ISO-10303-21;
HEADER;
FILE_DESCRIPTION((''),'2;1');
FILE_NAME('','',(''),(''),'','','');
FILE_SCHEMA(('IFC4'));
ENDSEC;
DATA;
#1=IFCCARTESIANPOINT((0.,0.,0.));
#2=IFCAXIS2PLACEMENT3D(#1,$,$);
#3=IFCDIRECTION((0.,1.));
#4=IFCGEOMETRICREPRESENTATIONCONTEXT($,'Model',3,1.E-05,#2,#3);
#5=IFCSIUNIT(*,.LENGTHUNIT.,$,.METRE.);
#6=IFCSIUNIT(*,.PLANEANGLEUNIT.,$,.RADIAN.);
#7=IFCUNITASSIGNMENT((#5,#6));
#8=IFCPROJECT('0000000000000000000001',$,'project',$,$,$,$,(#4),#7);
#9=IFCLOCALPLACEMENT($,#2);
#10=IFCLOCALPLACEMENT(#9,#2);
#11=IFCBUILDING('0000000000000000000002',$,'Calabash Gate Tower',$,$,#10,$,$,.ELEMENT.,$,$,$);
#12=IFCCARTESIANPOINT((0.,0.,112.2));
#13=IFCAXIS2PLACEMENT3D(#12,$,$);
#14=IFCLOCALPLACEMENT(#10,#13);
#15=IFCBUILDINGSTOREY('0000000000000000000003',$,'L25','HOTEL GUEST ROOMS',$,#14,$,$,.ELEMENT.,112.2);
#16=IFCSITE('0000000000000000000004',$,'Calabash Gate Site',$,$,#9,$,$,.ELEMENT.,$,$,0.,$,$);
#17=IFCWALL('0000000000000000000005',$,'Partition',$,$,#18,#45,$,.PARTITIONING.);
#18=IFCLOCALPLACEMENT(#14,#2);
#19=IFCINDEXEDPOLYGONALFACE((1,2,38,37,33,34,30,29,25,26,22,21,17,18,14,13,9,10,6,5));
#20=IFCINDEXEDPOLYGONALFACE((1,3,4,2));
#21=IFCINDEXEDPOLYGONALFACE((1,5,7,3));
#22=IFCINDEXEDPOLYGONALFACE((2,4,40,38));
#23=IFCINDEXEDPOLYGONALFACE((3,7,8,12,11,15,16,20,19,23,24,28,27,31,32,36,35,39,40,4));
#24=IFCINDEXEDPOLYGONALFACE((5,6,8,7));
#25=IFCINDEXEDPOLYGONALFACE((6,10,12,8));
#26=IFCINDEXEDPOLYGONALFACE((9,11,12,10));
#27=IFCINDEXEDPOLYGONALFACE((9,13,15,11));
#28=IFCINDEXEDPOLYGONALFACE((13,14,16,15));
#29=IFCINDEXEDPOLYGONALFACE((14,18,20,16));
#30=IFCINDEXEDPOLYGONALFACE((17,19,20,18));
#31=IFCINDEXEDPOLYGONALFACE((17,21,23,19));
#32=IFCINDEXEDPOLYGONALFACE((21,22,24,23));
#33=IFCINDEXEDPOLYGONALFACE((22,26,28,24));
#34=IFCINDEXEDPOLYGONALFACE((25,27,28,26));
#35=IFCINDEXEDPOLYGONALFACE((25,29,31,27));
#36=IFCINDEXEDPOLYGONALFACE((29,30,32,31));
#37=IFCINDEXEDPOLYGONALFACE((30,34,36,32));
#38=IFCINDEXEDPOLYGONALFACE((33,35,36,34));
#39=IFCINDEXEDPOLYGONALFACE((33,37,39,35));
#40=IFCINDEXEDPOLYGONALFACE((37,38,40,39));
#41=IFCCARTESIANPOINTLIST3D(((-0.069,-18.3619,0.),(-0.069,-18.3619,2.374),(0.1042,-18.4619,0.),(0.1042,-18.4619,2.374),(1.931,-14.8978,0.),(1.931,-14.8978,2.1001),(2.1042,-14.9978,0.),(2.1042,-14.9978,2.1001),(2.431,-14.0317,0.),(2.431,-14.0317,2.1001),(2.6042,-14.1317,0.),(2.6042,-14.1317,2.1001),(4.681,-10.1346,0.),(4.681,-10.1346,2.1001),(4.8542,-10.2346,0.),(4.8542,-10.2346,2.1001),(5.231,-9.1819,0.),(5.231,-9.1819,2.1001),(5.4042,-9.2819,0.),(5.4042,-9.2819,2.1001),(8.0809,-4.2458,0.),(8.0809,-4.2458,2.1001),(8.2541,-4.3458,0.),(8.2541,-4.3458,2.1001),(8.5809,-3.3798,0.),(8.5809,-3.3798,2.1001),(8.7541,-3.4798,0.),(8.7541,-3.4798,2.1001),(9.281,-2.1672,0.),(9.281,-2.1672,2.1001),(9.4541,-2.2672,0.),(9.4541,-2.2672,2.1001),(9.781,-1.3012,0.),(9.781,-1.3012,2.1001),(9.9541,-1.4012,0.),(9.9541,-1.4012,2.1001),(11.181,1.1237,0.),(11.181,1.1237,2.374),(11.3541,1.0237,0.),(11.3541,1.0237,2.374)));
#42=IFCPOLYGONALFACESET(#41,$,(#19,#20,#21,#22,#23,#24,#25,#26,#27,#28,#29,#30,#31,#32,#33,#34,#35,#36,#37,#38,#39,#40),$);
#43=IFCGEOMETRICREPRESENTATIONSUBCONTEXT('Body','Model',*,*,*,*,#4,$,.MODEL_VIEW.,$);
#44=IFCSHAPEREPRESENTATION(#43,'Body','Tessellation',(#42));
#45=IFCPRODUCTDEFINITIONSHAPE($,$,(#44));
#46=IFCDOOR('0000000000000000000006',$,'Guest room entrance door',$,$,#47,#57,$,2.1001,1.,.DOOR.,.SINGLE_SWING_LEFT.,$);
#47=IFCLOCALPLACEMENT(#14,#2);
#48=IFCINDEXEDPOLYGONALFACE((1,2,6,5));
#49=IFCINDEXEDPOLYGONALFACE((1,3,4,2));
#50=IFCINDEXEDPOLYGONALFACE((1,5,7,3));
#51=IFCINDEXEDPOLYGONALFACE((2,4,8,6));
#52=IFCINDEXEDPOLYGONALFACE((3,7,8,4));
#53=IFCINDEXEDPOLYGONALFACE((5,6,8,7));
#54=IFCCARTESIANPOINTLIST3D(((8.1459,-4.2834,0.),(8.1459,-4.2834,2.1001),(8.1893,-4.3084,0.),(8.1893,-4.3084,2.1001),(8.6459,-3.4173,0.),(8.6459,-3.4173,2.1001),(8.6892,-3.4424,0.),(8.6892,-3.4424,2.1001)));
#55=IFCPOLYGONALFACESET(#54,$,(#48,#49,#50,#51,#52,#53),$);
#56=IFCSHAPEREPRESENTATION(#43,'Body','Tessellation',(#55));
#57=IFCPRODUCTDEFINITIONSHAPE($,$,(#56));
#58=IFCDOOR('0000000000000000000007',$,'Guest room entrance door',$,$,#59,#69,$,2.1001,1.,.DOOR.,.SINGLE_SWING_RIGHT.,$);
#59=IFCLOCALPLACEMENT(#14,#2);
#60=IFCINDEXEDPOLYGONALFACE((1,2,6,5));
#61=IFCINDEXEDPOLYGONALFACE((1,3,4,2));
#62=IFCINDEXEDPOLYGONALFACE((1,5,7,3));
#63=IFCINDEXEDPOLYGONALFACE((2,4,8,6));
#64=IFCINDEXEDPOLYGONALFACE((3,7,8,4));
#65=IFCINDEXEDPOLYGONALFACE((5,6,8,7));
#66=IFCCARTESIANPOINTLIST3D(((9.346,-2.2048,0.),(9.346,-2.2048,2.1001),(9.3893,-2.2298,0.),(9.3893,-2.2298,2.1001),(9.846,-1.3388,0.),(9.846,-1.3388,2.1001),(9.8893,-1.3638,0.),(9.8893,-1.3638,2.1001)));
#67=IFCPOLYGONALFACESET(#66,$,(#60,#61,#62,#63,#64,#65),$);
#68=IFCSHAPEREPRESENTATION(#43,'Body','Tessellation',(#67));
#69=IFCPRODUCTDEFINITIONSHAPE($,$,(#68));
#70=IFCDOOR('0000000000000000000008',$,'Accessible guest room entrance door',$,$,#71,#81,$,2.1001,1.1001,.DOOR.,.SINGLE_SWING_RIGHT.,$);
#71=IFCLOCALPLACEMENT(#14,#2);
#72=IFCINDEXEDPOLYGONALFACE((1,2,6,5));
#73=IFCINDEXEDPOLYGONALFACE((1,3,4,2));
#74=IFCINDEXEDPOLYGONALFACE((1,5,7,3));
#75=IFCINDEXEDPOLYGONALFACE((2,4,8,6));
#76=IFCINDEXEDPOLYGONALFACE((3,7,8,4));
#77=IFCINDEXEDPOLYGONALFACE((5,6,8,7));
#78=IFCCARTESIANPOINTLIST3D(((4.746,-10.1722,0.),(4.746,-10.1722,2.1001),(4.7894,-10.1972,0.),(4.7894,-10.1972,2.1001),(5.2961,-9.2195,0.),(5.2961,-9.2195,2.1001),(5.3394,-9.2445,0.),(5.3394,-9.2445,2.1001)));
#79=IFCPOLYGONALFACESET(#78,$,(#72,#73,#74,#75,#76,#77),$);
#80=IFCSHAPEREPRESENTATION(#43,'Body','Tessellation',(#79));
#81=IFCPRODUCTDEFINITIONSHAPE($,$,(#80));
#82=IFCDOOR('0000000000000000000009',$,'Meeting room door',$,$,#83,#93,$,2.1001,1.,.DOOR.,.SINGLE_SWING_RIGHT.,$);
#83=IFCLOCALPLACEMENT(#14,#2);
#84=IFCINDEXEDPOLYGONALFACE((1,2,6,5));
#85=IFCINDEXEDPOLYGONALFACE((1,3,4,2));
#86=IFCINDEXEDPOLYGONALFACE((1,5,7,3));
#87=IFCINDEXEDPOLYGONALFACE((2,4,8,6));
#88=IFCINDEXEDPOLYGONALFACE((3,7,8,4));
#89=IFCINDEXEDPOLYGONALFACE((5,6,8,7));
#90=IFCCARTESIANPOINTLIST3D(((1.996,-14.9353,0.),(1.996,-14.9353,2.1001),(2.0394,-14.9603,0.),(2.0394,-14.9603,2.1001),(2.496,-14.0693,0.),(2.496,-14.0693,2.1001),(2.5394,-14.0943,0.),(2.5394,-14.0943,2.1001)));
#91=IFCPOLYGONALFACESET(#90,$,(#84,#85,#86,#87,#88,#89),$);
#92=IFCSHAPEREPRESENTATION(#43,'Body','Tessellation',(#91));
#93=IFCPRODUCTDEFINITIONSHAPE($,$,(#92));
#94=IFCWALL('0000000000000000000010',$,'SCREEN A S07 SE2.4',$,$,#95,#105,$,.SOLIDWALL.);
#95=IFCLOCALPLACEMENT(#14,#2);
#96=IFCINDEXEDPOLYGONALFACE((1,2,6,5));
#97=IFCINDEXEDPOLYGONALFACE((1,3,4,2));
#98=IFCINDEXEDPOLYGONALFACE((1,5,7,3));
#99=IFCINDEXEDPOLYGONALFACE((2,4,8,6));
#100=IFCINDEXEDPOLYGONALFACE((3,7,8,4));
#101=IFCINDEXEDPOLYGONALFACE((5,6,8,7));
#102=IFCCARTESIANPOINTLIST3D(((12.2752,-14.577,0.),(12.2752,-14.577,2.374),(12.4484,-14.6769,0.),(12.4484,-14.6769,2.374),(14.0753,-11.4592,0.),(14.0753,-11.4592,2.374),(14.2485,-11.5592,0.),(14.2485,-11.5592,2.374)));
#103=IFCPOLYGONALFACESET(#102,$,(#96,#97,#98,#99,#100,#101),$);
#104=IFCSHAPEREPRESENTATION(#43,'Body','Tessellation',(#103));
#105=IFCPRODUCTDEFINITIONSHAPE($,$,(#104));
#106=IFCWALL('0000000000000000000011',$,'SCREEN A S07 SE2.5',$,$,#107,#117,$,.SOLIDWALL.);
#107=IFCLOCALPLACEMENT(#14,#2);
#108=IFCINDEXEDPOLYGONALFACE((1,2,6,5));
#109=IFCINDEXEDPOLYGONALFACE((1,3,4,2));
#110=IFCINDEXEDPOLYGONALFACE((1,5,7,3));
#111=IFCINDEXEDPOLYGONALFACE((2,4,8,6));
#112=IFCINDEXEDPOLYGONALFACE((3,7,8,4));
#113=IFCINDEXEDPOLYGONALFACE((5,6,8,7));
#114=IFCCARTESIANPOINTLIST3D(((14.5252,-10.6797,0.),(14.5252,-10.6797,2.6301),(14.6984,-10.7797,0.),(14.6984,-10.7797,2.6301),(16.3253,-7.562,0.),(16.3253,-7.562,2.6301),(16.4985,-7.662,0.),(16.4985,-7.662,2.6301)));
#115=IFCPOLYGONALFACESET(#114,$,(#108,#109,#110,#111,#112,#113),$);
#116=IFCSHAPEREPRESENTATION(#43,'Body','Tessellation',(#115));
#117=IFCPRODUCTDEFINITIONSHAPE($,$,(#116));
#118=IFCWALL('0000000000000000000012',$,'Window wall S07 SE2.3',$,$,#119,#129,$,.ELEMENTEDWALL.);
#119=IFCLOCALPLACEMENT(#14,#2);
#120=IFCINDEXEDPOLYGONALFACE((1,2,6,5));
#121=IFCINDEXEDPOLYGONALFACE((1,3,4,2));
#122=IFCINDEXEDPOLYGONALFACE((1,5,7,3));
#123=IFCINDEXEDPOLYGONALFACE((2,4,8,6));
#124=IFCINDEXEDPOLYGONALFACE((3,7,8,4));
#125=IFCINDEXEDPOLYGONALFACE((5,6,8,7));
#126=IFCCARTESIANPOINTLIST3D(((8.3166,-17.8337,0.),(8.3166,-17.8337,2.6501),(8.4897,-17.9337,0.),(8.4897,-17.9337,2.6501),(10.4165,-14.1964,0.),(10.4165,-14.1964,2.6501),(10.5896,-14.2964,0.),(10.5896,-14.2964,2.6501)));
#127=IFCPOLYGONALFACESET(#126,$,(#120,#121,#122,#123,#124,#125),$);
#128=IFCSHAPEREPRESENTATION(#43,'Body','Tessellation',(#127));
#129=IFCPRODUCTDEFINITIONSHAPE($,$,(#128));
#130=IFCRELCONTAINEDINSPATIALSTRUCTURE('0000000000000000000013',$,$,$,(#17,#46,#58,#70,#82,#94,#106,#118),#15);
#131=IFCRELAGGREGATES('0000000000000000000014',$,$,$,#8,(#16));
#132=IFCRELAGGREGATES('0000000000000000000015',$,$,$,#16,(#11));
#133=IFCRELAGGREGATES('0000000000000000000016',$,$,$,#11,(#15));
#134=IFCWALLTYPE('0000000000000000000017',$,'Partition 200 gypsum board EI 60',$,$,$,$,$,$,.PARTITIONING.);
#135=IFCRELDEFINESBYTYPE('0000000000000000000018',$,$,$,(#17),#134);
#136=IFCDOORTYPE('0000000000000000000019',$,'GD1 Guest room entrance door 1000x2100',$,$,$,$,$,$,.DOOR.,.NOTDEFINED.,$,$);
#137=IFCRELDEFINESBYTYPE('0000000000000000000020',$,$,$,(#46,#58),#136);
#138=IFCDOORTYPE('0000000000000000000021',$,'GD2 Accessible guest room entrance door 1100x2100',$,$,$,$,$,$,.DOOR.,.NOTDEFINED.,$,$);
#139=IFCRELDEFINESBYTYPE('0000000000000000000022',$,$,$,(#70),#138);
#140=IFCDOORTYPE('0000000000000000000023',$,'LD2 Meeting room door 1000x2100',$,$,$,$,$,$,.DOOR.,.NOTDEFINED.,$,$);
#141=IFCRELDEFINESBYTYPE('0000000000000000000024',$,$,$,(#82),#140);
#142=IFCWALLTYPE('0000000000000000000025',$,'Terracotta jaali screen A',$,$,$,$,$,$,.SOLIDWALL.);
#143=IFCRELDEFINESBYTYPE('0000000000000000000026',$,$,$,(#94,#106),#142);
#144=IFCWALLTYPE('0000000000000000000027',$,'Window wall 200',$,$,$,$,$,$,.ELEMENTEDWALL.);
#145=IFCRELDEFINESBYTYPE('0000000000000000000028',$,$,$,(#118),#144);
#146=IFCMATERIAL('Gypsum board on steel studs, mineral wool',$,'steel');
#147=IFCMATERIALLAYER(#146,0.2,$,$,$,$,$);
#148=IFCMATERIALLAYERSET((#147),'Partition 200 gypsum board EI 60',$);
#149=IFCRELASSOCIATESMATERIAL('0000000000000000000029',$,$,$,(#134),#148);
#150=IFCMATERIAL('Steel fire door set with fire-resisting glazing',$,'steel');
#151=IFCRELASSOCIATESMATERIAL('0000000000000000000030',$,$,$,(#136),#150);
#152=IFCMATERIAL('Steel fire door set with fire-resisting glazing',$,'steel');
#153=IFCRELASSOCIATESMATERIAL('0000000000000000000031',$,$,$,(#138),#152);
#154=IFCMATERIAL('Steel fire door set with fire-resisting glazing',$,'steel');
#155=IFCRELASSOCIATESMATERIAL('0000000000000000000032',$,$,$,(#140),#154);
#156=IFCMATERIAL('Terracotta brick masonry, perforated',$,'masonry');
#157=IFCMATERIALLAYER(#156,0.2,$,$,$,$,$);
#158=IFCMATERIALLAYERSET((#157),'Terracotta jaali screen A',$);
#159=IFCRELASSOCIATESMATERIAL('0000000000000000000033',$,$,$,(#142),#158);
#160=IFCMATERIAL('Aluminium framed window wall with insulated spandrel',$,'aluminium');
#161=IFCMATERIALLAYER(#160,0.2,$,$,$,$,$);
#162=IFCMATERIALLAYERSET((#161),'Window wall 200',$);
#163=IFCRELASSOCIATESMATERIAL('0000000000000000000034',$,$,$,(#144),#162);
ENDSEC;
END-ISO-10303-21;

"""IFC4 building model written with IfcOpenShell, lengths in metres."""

from ifc_helpers import new_model, si_unit, direction, frame, frame_2d, origin, place, context, subcontext, project, spatial, rectangle, extrude, material, layer, layer_set, type_object, element, fill, save


model = new_model("IFC4")

# Units and contexts
model_context = context("Model", 3, precision=1e-05, world=origin(), true_north=direction((0.0, 1.0)))
body_context = subcontext(model_context, "Body", "Model", "MODEL_VIEW")
ifc_project = project(units=[si_unit("LENGTHUNIT", "METRE"), si_unit("PLANEANGLEUNIT", "RADIAN")], contexts=[model_context])

# Site, building, storey
site_placement = place(None, origin())
site = spatial("IfcSite", under=ifc_project, at=site_placement, Name="Calabash Gate Site", CompositionType="ELEMENT", RefElevation=0.0)
building_placement = place(site_placement, origin())
building = spatial("IfcBuilding", under=site, at=building_placement, Name="Calabash Gate Tower", CompositionType="ELEMENT")
storey_placement = place(building_placement, frame((0.0, 0.0, 112.2)))
storey = spatial("IfcBuildingStorey", under=building, at=storey_placement, Name="L25", Description="HOTEL GUEST ROOMS", CompositionType="ELEMENT", Elevation=112.2)

# Shared definitions
ifc_material_1 = material(Name="Gypsum board on steel studs, mineral wool", Category="steel")
ifc_layer_1 = layer(ifc_material_1, 0.2)
ifc_layer_set_1 = layer_set([ifc_layer_1], Name="Partition 200 gypsum board EI 60")
wall_type_1 = type_object("IfcWallType", Name="Partition 200 gypsum board EI 60", PredefinedType="PARTITIONING", material=ifc_layer_set_1)

# Wall, openings, doors
wall_1_placement = place(storey_placement, frame((0.0176, -18.4119, 0.0), z_axis=(0.0, 0.0, 1.0), x_axis=(0.5, 0.866026, 0.0)))
wall_1 = element("IfcWall", 1, at=wall_1_placement, inside=storey, type_object=wall_type_1, Name="Partition", PredefinedType="PARTITIONING", context=body_context, shape_type="SweptSolid", body=[
    extrude(rectangle(XDim=22.5, YDim=0.2, at=frame_2d((11.25, 0.0))), origin(), (0.0, 0.0, 1.0), 2.374),
])
opening_1_placement = place(wall_1_placement, frame((4.0, 0.0, 0.0)))
opening_1 = element("IfcOpeningElement", 2, at=opening_1_placement, cuts=wall_1, PredefinedType="OPENING", context=body_context, shape_type="SweptSolid", body=[
    extrude(rectangle(XDim=1.0, YDim=2.1001, at=frame_2d((0.5, 1.05))), frame((0.0, 0.1099, 0.0), z_axis=(0.0, -1.0, 0.0), x_axis=(1.0, 0.0, 0.0)), (0.0, 0.0, 1.0), 0.22),
])
opening_2_placement = place(wall_1_placement, frame((9.5, 0.0, 0.0)))
opening_2 = element("IfcOpeningElement", 3, at=opening_2_placement, cuts=wall_1, PredefinedType="OPENING", context=body_context, shape_type="SweptSolid", body=[
    extrude(rectangle(XDim=1.1001, YDim=2.1001, at=frame_2d((0.55, 1.05))), frame((0.0, 0.1099, 0.0), z_axis=(0.0, -1.0, 0.0), x_axis=(1.0, 0.0, 0.0)), (0.0, 0.0, 1.0), 0.22),
])
opening_3_placement = place(wall_1_placement, frame((16.2998, 0.0, 0.0)))
opening_3 = element("IfcOpeningElement", 4, at=opening_3_placement, cuts=wall_1, PredefinedType="OPENING", context=body_context, shape_type="SweptSolid", body=[
    extrude(rectangle(XDim=1.0, YDim=2.1001, at=frame_2d((0.5, 1.05))), frame((0.0, 0.1099, 0.0), z_axis=(0.0, -1.0, 0.0), x_axis=(1.0, 0.0, 0.0)), (0.0, 0.0, 1.0), 0.22),
])
opening_4_placement = place(wall_1_placement, frame((18.7, 0.0, 0.0)))
opening_4 = element("IfcOpeningElement", 5, at=opening_4_placement, cuts=wall_1, PredefinedType="OPENING", context=body_context, shape_type="SweptSolid", body=[
    extrude(rectangle(XDim=1.0, YDim=2.1001, at=frame_2d((0.5, 1.05))), frame((0.0, 0.1099, 0.0), z_axis=(0.0, -1.0, 0.0), x_axis=(1.0, 0.0, 0.0)), (0.0, 0.0, 1.0), 0.22),
])
ifc_material_2 = material(Name="Steel fire door set with fire-resisting glazing", Category="steel")
door_type_1 = type_object("IfcDoorType", Name="GD1 Guest room entrance door 1000x2100", OperationType="NOTDEFINED", PredefinedType="DOOR", material=ifc_material_2)
door_1_placement = place(opening_3_placement, origin())
door_1 = element("IfcDoor", 6, at=door_1_placement, inside=storey, type_object=door_type_1, Name="Guest room entrance door", OperationType="SINGLE_SWING_LEFT", OverallHeight=2.1001, OverallWidth=1.0, PredefinedType="DOOR", context=body_context, shape_type="SweptSolid", body=[
    extrude(rectangle(XDim=1.0, YDim=2.1001, at=frame_2d((0.5, 1.05))), frame((0.0, 0.0249, 0.0), z_axis=(0.0, -1.0, 0.0), x_axis=(1.0, 0.0, 0.0)), (0.0, 0.0, 1.0), 0.05),
])
fill(opening_3, door_1)
door_2_placement = place(opening_4_placement, origin())
door_2 = element("IfcDoor", 7, at=door_2_placement, inside=storey, type_object=door_type_1, Name="Guest room entrance door", OperationType="SINGLE_SWING_RIGHT", OverallHeight=2.1001, OverallWidth=1.0, PredefinedType="DOOR", context=body_context, shape_type="SweptSolid", body=[
    extrude(rectangle(XDim=1.0, YDim=2.1001, at=frame_2d((0.5, 1.05))), frame((0.0, 0.0249, 0.0), z_axis=(0.0, -1.0, 0.0), x_axis=(1.0, 0.0, 0.0)), (0.0, 0.0, 1.0), 0.05),
])
fill(opening_4, door_2)
ifc_material_3 = material(Name="Steel fire door set with fire-resisting glazing", Category="steel")
door_type_2 = type_object("IfcDoorType", Name="GD2 Accessible guest room entrance door 1100x2100", OperationType="NOTDEFINED", PredefinedType="DOOR", material=ifc_material_3)
door_3_placement = place(opening_2_placement, origin())
door_3 = element("IfcDoor", 8, at=door_3_placement, inside=storey, type_object=door_type_2, Name="Accessible guest room entrance door", OperationType="SINGLE_SWING_RIGHT", OverallHeight=2.1001, OverallWidth=1.1001, PredefinedType="DOOR", context=body_context, shape_type="SweptSolid", body=[
    extrude(rectangle(XDim=1.1001, YDim=2.1001, at=frame_2d((0.55, 1.05))), frame((0.0, 0.0249, 0.0), z_axis=(0.0, -1.0, 0.0), x_axis=(1.0, 0.0, 0.0)), (0.0, 0.0, 1.0), 0.05),
])
fill(opening_2, door_3)
ifc_material_4 = material(Name="Steel fire door set with fire-resisting glazing", Category="steel")
door_type_3 = type_object("IfcDoorType", Name="LD2 Meeting room door 1000x2100", OperationType="NOTDEFINED", PredefinedType="DOOR", material=ifc_material_4)
door_4_placement = place(opening_1_placement, origin())
door_4 = element("IfcDoor", 9, at=door_4_placement, inside=storey, type_object=door_type_3, Name="Meeting room door", OperationType="SINGLE_SWING_RIGHT", OverallHeight=2.1001, OverallWidth=1.0, PredefinedType="DOOR", context=body_context, shape_type="SweptSolid", body=[
    extrude(rectangle(XDim=1.0, YDim=2.1001, at=frame_2d((0.5, 1.05))), frame((0.0, 0.0249, 0.0), z_axis=(0.0, -1.0, 0.0), x_axis=(1.0, 0.0, 0.0)), (0.0, 0.0, 1.0), 0.05),
])
fill(opening_1, door_4)

# Walls
ifc_material_5 = material(Name="Terracotta brick masonry, perforated", Category="masonry")
ifc_layer_2 = layer(ifc_material_5, 0.2)
ifc_layer_set_2 = layer_set([ifc_layer_2], Name="Terracotta jaali screen A")
wall_type_2 = type_object("IfcWallType", Name="Terracotta jaali screen A", PredefinedType="SOLIDWALL", material=ifc_layer_set_2)
wall_2_placement = place(storey_placement, frame((12.3618, -14.627, 0.0), z_axis=(0.0, 0.0, 1.0), x_axis=(0.500012, 0.866018, 0.0)))
element("IfcWall", 10, at=wall_2_placement, inside=storey, type_object=wall_type_2, Name="SCREEN A S07 SE2.4", PredefinedType="SOLIDWALL", context=body_context, shape_type="SweptSolid", body=[
    extrude(rectangle(XDim=3.6001, YDim=0.2, at=frame_2d((1.8, 0.0))), origin(), (0.0, 0.0, 1.0), 2.374),
])
wall_3_placement = place(storey_placement, frame((14.6118, -10.7297, 0.0), z_axis=(0.0, 0.0, 1.0), x_axis=(0.500012, 0.866018, 0.0)))
element("IfcWall", 11, at=wall_3_placement, inside=storey, type_object=wall_type_2, Name="SCREEN A S07 SE2.5", PredefinedType="SOLIDWALL", context=body_context, shape_type="SweptSolid", body=[
    extrude(rectangle(XDim=3.6001, YDim=0.2, at=frame_2d((1.8, 0.0))), origin(), (0.0, 0.0, 1.0), 2.6301),
])
ifc_material_6 = material(Name="Aluminium framed window wall with insulated spandrel", Category="aluminium")
ifc_layer_3 = layer(ifc_material_6, 0.2)
ifc_layer_set_3 = layer_set([ifc_layer_3], Name="Window wall 200")
wall_type_3 = type_object("IfcWallType", Name="Window wall 200", PredefinedType="ELEMENTEDWALL", material=ifc_layer_set_3)
wall_4_placement = place(storey_placement, frame((8.4031, -17.8838, 0.0), z_axis=(0.0, 0.0, 1.0), x_axis=(0.499984, 0.866035, 0.0)))
element("IfcWall", 12, at=wall_4_placement, inside=storey, type_object=wall_type_3, Name="Window wall S07 SE2.3", PredefinedType="ELEMENTEDWALL", context=body_context, shape_type="SweptSolid", body=[
    extrude(rectangle(XDim=4.2, YDim=0.2, at=frame_2d((2.1001, 0.0))), origin(), (0.0, 0.0, 1.0), 2.6501),
])

save(model, "model.ifc")
